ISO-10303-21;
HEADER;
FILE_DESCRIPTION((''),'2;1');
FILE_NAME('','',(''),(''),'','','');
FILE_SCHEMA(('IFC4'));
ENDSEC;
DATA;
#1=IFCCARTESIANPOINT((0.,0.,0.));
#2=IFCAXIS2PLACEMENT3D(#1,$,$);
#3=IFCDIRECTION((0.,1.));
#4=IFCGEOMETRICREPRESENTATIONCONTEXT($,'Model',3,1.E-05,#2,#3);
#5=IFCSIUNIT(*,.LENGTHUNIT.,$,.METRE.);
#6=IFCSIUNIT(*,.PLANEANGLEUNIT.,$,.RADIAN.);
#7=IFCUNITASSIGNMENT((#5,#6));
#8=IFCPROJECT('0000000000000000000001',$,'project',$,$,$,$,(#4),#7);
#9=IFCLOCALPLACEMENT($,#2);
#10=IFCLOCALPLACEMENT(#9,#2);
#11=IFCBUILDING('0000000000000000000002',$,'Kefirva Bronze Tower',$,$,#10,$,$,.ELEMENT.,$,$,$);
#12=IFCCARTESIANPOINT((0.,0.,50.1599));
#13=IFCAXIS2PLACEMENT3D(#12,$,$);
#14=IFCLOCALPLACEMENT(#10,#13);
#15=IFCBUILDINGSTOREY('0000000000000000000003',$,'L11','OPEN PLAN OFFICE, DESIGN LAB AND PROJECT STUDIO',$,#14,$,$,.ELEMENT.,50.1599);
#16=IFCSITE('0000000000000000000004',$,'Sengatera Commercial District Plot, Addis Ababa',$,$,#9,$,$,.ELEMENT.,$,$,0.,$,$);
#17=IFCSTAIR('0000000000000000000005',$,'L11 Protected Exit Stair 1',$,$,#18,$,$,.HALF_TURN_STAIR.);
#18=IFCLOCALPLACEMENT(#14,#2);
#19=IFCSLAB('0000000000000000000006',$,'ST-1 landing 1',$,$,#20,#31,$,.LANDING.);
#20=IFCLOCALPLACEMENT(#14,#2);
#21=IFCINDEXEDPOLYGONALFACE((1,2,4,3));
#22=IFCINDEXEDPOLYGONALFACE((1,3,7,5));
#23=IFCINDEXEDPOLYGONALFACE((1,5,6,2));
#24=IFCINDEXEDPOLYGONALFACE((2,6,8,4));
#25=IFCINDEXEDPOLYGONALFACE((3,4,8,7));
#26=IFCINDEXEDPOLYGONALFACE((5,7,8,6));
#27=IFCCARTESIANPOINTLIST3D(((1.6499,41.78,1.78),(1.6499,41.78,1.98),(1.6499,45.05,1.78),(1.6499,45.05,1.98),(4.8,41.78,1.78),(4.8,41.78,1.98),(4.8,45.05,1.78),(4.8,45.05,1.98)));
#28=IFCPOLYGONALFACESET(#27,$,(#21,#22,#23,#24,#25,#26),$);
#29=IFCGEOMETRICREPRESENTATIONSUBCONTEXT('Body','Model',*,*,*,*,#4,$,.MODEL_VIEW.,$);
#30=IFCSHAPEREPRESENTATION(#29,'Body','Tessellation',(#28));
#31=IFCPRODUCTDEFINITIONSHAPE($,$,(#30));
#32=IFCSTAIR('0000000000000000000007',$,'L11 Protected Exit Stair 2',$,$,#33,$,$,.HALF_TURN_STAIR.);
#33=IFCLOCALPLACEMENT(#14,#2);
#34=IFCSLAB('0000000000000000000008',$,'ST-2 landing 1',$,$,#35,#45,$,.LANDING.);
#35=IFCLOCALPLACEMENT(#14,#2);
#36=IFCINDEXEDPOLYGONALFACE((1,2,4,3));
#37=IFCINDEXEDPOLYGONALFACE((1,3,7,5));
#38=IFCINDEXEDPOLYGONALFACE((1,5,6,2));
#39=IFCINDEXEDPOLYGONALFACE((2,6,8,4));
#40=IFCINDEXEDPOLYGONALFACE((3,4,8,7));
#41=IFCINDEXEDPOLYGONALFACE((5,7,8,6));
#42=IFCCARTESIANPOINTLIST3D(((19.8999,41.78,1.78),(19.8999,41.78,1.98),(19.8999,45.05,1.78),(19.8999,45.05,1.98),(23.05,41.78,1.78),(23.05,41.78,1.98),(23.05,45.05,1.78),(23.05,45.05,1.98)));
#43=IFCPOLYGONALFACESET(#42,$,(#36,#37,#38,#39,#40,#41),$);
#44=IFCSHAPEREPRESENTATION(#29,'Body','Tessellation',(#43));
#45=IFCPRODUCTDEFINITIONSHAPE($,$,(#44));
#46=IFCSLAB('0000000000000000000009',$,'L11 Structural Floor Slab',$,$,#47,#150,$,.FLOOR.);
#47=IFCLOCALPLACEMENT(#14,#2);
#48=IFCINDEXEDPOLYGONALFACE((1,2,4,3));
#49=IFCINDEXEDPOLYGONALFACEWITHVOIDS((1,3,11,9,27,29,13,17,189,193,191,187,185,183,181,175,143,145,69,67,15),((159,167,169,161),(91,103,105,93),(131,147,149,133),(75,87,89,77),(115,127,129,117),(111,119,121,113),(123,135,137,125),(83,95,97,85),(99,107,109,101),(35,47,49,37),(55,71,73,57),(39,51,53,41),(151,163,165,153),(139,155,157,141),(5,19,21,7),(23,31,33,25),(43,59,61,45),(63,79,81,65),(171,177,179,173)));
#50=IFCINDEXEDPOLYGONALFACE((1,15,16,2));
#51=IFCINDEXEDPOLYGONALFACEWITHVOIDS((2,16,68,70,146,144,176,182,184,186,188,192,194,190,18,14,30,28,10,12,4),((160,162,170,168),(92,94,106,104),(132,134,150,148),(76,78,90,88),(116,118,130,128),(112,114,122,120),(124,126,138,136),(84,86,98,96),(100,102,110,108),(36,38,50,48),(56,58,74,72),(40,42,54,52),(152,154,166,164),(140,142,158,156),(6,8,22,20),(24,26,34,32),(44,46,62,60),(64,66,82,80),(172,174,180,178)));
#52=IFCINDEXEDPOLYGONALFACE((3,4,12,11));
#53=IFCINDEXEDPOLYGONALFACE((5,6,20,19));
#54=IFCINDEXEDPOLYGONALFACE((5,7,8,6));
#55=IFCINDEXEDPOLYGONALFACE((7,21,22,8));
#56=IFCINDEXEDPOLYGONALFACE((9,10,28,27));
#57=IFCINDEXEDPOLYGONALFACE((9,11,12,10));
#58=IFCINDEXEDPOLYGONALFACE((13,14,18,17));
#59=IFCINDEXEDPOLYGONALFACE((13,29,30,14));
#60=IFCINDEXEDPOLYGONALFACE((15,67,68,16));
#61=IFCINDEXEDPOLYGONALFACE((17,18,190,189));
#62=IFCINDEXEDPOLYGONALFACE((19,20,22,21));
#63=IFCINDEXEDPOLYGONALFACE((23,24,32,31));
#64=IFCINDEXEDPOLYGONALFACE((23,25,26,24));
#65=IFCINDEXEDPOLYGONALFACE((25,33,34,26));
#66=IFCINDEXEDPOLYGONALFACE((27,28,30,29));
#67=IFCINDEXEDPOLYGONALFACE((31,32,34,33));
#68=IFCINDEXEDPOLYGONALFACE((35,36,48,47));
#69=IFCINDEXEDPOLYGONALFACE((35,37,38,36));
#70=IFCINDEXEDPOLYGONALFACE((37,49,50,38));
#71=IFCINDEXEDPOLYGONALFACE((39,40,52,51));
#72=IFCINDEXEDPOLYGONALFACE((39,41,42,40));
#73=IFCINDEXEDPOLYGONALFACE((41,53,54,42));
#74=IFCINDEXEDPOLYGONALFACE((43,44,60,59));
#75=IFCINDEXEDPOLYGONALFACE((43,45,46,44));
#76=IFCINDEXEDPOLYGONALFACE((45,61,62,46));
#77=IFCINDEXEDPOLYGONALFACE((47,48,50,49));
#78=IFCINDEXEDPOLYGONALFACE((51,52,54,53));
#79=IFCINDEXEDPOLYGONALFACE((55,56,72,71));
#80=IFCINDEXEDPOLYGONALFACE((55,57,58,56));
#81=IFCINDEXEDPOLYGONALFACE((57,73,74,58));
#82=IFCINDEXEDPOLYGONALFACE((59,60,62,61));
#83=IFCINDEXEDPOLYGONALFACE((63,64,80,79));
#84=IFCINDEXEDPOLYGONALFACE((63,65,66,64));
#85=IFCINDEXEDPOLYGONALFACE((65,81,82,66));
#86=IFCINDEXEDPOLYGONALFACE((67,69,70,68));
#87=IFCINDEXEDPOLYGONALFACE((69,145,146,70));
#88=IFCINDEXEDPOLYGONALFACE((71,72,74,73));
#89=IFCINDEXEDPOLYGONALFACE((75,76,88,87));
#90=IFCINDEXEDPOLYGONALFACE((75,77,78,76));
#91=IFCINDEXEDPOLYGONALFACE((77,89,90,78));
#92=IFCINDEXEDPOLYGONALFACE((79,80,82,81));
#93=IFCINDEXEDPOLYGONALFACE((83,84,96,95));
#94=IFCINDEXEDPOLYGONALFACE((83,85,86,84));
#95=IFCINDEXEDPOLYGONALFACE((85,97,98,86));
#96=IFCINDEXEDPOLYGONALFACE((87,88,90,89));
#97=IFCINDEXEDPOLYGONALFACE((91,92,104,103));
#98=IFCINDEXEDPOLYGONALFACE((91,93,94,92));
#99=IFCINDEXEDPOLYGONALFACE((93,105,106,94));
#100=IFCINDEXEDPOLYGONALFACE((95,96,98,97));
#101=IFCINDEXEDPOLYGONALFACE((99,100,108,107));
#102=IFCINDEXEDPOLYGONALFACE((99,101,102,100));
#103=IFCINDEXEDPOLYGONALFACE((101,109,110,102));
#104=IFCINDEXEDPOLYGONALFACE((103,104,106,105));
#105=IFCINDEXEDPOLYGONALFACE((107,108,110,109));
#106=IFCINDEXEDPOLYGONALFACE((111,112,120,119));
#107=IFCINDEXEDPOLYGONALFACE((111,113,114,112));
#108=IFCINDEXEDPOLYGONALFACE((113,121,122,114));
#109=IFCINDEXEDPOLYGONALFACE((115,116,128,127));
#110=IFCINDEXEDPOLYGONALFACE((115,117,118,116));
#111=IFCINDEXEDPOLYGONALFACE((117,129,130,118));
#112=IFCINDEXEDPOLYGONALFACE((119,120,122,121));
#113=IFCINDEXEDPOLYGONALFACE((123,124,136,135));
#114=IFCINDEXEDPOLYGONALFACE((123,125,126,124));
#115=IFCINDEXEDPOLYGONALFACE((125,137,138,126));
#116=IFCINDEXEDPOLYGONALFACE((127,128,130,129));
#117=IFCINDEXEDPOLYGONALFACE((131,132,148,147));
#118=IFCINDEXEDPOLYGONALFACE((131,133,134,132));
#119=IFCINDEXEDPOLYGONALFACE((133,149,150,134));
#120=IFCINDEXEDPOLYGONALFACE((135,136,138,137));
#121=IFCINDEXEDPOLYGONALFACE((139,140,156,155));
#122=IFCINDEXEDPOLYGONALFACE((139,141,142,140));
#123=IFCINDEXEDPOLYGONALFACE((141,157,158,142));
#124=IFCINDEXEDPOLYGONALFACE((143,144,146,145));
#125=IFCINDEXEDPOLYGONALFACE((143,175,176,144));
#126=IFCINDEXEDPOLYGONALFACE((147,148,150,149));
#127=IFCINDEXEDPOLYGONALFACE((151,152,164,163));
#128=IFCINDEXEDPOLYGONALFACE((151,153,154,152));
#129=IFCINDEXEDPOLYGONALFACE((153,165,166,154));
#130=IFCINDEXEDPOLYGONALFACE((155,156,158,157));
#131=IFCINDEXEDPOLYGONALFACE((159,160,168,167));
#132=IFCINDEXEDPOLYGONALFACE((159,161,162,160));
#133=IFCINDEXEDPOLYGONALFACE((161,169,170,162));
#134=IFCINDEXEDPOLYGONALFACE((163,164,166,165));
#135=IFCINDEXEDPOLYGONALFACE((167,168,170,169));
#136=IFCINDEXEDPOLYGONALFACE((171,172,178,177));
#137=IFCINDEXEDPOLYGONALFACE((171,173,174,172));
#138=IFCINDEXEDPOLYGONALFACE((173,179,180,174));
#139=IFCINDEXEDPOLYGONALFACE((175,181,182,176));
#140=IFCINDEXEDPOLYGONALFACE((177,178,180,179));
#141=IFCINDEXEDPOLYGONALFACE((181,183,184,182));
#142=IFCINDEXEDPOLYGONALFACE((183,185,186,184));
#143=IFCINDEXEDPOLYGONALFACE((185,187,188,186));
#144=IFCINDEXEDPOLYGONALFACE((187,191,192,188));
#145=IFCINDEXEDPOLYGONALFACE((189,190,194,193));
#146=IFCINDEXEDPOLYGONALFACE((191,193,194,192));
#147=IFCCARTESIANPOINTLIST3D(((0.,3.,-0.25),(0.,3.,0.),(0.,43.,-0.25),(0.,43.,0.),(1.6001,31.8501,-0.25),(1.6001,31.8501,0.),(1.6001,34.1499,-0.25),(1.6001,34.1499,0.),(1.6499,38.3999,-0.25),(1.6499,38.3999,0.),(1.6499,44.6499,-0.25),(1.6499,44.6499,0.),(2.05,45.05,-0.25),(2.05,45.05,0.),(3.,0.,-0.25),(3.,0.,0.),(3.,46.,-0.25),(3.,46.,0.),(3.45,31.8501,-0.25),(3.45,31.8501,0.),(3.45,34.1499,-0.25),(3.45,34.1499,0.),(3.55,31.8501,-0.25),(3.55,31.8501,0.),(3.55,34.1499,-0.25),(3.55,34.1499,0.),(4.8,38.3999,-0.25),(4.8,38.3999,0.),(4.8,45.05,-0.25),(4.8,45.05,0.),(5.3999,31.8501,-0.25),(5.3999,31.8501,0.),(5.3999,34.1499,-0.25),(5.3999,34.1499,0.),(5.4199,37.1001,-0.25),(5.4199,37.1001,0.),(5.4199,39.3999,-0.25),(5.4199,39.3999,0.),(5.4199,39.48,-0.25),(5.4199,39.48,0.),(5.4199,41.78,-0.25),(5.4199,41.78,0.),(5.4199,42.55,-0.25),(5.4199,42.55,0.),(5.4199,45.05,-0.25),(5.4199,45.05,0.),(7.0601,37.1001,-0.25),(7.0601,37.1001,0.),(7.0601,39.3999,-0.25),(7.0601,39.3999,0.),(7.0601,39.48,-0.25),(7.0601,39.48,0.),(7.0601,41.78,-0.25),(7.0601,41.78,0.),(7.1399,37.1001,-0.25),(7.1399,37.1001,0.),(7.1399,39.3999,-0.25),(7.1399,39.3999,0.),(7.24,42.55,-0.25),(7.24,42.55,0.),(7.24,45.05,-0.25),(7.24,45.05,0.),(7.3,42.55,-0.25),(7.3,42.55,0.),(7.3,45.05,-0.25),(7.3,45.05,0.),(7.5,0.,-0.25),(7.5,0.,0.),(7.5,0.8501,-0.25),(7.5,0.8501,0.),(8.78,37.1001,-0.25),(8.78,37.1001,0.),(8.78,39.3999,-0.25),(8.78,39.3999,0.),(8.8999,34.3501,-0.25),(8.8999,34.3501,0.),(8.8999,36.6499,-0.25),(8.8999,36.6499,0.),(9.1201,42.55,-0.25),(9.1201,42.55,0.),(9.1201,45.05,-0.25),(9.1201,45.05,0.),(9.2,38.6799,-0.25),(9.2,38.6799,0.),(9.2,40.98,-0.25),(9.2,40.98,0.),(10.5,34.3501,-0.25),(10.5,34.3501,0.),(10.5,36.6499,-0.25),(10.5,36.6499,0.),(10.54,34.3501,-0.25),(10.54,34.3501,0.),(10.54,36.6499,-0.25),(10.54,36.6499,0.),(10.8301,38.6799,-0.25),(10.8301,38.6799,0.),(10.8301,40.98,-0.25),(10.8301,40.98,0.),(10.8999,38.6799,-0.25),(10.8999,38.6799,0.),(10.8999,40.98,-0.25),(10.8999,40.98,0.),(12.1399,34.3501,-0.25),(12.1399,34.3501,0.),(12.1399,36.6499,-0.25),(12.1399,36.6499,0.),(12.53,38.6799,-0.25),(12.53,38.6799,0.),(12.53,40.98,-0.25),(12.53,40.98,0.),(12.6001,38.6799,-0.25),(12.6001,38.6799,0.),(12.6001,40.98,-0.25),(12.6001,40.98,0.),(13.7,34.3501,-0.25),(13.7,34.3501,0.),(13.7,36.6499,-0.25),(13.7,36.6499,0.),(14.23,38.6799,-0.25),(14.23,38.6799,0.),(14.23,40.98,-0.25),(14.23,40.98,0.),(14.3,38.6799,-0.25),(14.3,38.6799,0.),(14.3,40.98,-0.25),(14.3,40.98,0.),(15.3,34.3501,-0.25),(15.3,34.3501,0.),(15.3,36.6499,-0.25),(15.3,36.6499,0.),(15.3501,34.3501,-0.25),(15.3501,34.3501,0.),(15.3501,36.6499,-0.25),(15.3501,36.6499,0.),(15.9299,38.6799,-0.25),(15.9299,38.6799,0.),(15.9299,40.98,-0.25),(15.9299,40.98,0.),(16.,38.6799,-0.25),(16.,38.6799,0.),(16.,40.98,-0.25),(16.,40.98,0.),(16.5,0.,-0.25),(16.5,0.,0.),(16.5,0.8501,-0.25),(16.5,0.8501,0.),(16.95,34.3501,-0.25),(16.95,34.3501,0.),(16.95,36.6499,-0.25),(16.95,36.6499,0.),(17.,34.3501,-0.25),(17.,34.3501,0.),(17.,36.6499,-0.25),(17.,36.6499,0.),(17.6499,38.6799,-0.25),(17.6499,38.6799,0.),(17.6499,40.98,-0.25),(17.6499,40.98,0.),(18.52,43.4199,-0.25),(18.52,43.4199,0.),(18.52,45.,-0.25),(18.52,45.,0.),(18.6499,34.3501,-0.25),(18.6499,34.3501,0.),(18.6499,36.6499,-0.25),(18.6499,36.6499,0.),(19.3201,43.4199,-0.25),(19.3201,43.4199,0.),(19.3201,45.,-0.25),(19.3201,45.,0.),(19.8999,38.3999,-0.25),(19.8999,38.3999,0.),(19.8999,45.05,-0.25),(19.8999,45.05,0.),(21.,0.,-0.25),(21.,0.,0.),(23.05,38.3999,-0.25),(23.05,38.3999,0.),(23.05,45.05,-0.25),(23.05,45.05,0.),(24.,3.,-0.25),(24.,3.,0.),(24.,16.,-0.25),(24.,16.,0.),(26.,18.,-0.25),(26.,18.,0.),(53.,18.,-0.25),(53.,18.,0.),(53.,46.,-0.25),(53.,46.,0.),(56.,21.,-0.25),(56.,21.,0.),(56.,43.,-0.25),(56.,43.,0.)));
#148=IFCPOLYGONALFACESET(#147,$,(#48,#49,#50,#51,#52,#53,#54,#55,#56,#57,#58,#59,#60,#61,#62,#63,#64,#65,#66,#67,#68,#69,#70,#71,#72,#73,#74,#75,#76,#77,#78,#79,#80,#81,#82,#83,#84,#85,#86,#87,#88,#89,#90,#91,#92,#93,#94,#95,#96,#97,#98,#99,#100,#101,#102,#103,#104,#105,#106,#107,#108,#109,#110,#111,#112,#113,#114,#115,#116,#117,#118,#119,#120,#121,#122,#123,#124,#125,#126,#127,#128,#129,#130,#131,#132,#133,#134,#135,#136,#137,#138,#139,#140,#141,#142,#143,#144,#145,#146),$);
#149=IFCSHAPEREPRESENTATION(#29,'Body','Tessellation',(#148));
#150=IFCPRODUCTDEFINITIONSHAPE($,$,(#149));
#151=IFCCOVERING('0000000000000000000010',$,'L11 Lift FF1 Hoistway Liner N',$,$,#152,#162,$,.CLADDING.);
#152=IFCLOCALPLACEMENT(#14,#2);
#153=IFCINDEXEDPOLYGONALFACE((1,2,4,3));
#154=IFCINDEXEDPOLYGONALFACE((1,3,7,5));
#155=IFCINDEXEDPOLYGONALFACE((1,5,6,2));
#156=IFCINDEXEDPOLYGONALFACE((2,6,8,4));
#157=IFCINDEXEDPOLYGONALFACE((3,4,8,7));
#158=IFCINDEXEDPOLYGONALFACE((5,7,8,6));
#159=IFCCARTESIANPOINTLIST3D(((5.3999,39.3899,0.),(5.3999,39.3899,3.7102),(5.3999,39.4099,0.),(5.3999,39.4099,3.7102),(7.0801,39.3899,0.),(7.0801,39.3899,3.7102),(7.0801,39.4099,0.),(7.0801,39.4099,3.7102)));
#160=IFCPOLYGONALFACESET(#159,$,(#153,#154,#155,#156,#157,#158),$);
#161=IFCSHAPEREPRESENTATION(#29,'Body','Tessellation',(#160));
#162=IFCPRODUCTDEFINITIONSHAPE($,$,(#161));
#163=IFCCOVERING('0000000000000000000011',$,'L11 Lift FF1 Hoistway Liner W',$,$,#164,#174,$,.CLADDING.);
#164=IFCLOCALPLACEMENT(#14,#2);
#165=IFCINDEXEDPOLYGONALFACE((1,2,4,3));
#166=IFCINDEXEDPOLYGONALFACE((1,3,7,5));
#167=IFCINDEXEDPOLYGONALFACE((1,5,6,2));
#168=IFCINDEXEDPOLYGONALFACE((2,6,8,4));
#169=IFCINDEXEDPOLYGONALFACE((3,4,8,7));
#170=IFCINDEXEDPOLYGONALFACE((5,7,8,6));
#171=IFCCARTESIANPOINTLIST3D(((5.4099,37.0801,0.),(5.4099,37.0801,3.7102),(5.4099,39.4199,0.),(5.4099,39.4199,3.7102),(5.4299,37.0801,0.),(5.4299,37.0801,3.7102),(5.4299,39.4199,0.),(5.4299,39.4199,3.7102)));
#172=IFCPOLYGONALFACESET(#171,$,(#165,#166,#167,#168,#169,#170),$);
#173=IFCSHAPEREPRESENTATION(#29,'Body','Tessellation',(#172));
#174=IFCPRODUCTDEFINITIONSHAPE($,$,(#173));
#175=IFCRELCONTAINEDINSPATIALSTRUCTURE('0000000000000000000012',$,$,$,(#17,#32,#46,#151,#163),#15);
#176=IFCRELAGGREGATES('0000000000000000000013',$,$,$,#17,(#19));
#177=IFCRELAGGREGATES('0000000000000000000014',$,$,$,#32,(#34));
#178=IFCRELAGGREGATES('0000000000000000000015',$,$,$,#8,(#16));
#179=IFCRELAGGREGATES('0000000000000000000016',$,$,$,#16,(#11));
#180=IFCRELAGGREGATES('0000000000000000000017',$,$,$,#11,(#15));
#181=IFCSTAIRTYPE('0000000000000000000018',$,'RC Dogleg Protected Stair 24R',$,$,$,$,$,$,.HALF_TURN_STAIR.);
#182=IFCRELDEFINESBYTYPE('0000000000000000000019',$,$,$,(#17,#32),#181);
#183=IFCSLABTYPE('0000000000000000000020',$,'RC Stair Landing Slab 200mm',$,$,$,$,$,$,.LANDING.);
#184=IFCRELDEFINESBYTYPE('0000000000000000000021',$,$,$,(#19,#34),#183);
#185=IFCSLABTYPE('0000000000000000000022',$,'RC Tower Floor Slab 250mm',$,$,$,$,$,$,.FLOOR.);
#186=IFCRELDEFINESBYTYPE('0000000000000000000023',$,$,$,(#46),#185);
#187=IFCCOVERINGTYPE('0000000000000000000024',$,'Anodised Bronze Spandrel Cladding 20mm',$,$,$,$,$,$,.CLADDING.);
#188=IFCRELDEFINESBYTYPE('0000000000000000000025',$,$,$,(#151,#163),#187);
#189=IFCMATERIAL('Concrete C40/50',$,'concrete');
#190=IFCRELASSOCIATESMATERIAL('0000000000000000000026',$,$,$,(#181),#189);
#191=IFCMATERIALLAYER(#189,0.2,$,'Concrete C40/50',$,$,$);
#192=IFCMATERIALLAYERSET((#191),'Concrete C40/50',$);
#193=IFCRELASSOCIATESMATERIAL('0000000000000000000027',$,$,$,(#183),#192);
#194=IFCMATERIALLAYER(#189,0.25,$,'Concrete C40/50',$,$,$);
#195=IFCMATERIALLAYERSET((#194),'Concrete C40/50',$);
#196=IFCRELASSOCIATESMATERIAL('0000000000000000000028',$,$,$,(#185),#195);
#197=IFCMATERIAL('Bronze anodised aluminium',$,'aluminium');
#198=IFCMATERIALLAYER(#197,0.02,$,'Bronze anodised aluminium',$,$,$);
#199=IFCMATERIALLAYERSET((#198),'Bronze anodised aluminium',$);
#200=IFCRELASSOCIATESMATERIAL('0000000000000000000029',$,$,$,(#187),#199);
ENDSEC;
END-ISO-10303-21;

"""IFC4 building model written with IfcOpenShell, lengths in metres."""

from ifc_helpers import new_model, si_unit, direction, frame, origin, place, context, subcontext, project, spatial, polyline, outline, extrude, material, layer, layer_set, type_object, element, aggregate, save


model = new_model("IFC4")

# Units and contexts
model_context = context("Model", 3, precision=1e-05, world=origin(), true_north=direction((0.0, 1.0)))
body_context = subcontext(model_context, "Body", "Model", "MODEL_VIEW")
ifc_project = project(units=[si_unit("LENGTHUNIT", "METRE"), si_unit("PLANEANGLEUNIT", "RADIAN")], contexts=[model_context])

# Site, building, storey
site_placement = place(None, origin())
site = spatial("IfcSite", under=ifc_project, at=site_placement, Name="Sengatera Commercial District Plot, Addis Ababa", CompositionType="ELEMENT", RefElevation=0.0)
building_placement = place(site_placement, origin())
building = spatial("IfcBuilding", under=site, at=building_placement, Name="Kefirva Bronze Tower", CompositionType="ELEMENT")
storey_placement = place(building_placement, frame((0.0, 0.0, 50.1599)))
storey = spatial("IfcBuildingStorey", under=building, at=storey_placement, Name="L11", Description="OPEN PLAN OFFICE, DESIGN LAB AND PROJECT STUDIO", CompositionType="ELEMENT", Elevation=50.1599)

# Stairs, slabs
ifc_material_1 = material(Name="Concrete C40/50", Category="concrete")
stair_type = type_object("IfcStairType", Name="RC Dogleg Protected Stair 24R", PredefinedType="HALF_TURN_STAIR", material=ifc_material_1)
stair_1_placement = place(storey_placement, origin())
stair_1 = element("IfcStair", 1, at=stair_1_placement, inside=storey, type_object=stair_type, Name="L11 Protected Exit Stair 1", PredefinedType="HALF_TURN_STAIR")
ifc_layer_1 = layer(ifc_material_1, 0.2, Name="Concrete C40/50")
ifc_layer_set_1 = layer_set([ifc_layer_1], Name="Concrete C40/50")
slab_type_1 = type_object("IfcSlabType", Name="RC Stair Landing Slab 200mm", PredefinedType="LANDING", material=ifc_layer_set_1)
slab_1_placement = place(storey_placement, frame((0.0, 0.0, 1.78)))
slab_1 = element("IfcSlab", 2, at=slab_1_placement, type_object=slab_type_1, Name="ST-1 landing 1", PredefinedType="LANDING", context=body_context, shape_type="SweptSolid", body=[
    extrude(outline(polyline([(4.8, 41.78), (4.8, 45.05), (1.6499, 45.05), (1.6499, 41.78), (4.8, 41.78)])), origin(), (0.0, 0.0, 1.0), 0.2),
])
aggregate(stair_1, [slab_1])
stair_2_placement = place(storey_placement, origin())
stair_2 = element("IfcStair", 3, at=stair_2_placement, inside=storey, type_object=stair_type, Name="L11 Protected Exit Stair 2", PredefinedType="HALF_TURN_STAIR")
slab_2_placement = place(storey_placement, frame((0.0, 0.0, 1.78)))
slab_2 = element("IfcSlab", 4, at=slab_2_placement, type_object=slab_type_1, Name="ST-2 landing 1", PredefinedType="LANDING", context=body_context, shape_type="SweptSolid", body=[
    extrude(outline(polyline([(23.05, 41.78), (23.05, 45.05), (19.8999, 45.05), (19.8999, 41.78), (23.05, 41.78)])), origin(), (0.0, 0.0, 1.0), 0.2),
])
aggregate(stair_2, [slab_2])

# Slab
ifc_layer_2 = layer(ifc_material_1, 0.25, Name="Concrete C40/50")
ifc_layer_set_2 = layer_set([ifc_layer_2], Name="Concrete C40/50")
slab_type_2 = type_object("IfcSlabType", Name="RC Tower Floor Slab 250mm", PredefinedType="FLOOR", material=ifc_layer_set_2)
slab_3_placement = place(storey_placement, frame((0.0, 0.0, -0.25)))
element("IfcSlab", 5, at=slab_3_placement, inside=storey, type_object=slab_type_2, Name="L11 Structural Floor Slab", PredefinedType="FLOOR", context=body_context, shape_type="SweptSolid", body=[
    extrude(outline(polyline([(0.0, 3.0), (0.0, 43.0), (1.6499, 44.6499), (1.6499, 38.3999), (4.8, 38.3999), (4.8, 45.05), (2.05, 45.05), (3.0, 46.0), (53.0, 46.0), (56.0, 43.0), (56.0, 21.0), (53.0, 18.0), (26.0, 18.0), (24.0, 16.0), (24.0, 3.0), (21.0, 0.0), (16.5, 0.0), (16.5, 0.8501), (7.5, 0.8501), (7.5, 0.0), (3.0, 0.0), (0.0, 3.0)]), holes=[polyline([(19.8999, 38.3999), (23.05, 38.3999), (23.05, 45.05), (19.8999, 45.05), (19.8999, 38.3999)]), polyline([(18.52, 43.4199), (19.3201, 43.4199), (19.3201, 45.0), (18.52, 45.0), (18.52, 43.4199)]), polyline([(17.0, 34.3501), (18.6499, 34.3501), (18.6499, 36.6499), (17.0, 36.6499), (17.0, 34.3501)]), polyline([(17.6499, 38.6799), (17.6499, 40.98), (16.0, 40.98), (16.0, 38.6799), (17.6499, 38.6799)]), polyline([(16.95, 34.3501), (16.95, 36.6499), (15.3501, 36.6499), (15.3501, 34.3501), (16.95, 34.3501)]), polyline([(15.9299, 38.6799), (15.9299, 40.98), (14.3, 40.98), (14.3, 38.6799), (15.9299, 38.6799)]), polyline([(15.3, 34.3501), (15.3, 36.6499), (13.7, 36.6499), (13.7, 34.3501), (15.3, 34.3501)]), polyline([(14.23, 38.6799), (14.23, 40.98), (12.6001, 40.98), (12.6001, 38.6799), (14.23, 38.6799)]), polyline([(10.8999, 38.6799), (12.53, 38.6799), (12.53, 40.98), (10.8999, 40.98), (10.8999, 38.6799)]), polyline([(12.1399, 34.3501), (12.1399, 36.6499), (10.54, 36.6499), (10.54, 34.3501), (12.1399, 34.3501)]), polyline([(10.8301, 38.6799), (10.8301, 40.98), (9.2, 40.98), (9.2, 38.6799), (10.8301, 38.6799)]), polyline([(10.5, 34.3501), (10.5, 36.6499), (8.8999, 36.6499), (8.8999, 34.3501), (10.5, 34.3501)]), polyline([(7.3, 42.55), (9.1201, 42.55), (9.1201, 45.05), (7.3, 45.05), (7.3, 42.55)]), polyline([(7.1399, 37.1001), (8.78, 37.1001), (8.78, 39.3999), (7.1399, 39.3999), (7.1399, 37.1001)]), polyline([(5.4199, 42.55), (7.24, 42.55), (7.24, 45.05), (5.4199, 45.05), (5.4199, 42.55)]), polyline([(7.0601, 39.48), (7.0601, 41.78), (5.4199, 41.78), (5.4199, 39.48), (7.0601, 39.48)]), polyline([(5.4199, 37.1001), (7.0601, 37.1001), (7.0601, 39.3999), (5.4199, 39.3999), (5.4199, 37.1001)]), polyline([(5.3999, 31.8501), (5.3999, 34.1499), (3.55, 34.1499), (3.55, 31.8501), (5.3999, 31.8501)]), polyline([(3.45, 31.8501), (3.45, 34.1499), (1.6001, 34.1499), (1.6001, 31.8501), (3.45, 31.8501)])]), origin(), (0.0, 0.0, 1.0), 0.25),
])

# Coverings
ifc_material_2 = material(Name="Bronze anodised aluminium", Category="aluminium")
ifc_layer_3 = layer(ifc_material_2, 0.02, Name="Bronze anodised aluminium")
ifc_layer_set_3 = layer_set([ifc_layer_3], Name="Bronze anodised aluminium")
covering_type = type_object("IfcCoveringType", Name="Anodised Bronze Spandrel Cladding 20mm", PredefinedType="CLADDING", material=ifc_layer_set_3)
covering_1_placement = place(storey_placement, origin())
element("IfcCovering", 6, at=covering_1_placement, inside=storey, type_object=covering_type, Name="L11 Lift FF1 Hoistway Liner N", PredefinedType="CLADDING", context=body_context, shape_type="SweptSolid", body=[
    extrude(outline(polyline([(5.3999, 39.3899), (7.0801, 39.3899), (7.0801, 39.4099), (5.3999, 39.4099), (5.3999, 39.3899)])), origin(), (0.0, 0.0, 1.0), 3.7102),
])
covering_2_placement = place(storey_placement, origin())
element("IfcCovering", 7, at=covering_2_placement, inside=storey, type_object=covering_type, Name="L11 Lift FF1 Hoistway Liner W", PredefinedType="CLADDING", context=body_context, shape_type="SweptSolid", body=[
    extrude(outline(polyline([(5.4099, 37.0801), (5.4299, 37.0801), (5.4299, 39.4199), (5.4099, 39.4199), (5.4099, 37.0801)])), origin(), (0.0, 0.0, 1.0), 3.7102),
])

save(model, "model.ifc")
